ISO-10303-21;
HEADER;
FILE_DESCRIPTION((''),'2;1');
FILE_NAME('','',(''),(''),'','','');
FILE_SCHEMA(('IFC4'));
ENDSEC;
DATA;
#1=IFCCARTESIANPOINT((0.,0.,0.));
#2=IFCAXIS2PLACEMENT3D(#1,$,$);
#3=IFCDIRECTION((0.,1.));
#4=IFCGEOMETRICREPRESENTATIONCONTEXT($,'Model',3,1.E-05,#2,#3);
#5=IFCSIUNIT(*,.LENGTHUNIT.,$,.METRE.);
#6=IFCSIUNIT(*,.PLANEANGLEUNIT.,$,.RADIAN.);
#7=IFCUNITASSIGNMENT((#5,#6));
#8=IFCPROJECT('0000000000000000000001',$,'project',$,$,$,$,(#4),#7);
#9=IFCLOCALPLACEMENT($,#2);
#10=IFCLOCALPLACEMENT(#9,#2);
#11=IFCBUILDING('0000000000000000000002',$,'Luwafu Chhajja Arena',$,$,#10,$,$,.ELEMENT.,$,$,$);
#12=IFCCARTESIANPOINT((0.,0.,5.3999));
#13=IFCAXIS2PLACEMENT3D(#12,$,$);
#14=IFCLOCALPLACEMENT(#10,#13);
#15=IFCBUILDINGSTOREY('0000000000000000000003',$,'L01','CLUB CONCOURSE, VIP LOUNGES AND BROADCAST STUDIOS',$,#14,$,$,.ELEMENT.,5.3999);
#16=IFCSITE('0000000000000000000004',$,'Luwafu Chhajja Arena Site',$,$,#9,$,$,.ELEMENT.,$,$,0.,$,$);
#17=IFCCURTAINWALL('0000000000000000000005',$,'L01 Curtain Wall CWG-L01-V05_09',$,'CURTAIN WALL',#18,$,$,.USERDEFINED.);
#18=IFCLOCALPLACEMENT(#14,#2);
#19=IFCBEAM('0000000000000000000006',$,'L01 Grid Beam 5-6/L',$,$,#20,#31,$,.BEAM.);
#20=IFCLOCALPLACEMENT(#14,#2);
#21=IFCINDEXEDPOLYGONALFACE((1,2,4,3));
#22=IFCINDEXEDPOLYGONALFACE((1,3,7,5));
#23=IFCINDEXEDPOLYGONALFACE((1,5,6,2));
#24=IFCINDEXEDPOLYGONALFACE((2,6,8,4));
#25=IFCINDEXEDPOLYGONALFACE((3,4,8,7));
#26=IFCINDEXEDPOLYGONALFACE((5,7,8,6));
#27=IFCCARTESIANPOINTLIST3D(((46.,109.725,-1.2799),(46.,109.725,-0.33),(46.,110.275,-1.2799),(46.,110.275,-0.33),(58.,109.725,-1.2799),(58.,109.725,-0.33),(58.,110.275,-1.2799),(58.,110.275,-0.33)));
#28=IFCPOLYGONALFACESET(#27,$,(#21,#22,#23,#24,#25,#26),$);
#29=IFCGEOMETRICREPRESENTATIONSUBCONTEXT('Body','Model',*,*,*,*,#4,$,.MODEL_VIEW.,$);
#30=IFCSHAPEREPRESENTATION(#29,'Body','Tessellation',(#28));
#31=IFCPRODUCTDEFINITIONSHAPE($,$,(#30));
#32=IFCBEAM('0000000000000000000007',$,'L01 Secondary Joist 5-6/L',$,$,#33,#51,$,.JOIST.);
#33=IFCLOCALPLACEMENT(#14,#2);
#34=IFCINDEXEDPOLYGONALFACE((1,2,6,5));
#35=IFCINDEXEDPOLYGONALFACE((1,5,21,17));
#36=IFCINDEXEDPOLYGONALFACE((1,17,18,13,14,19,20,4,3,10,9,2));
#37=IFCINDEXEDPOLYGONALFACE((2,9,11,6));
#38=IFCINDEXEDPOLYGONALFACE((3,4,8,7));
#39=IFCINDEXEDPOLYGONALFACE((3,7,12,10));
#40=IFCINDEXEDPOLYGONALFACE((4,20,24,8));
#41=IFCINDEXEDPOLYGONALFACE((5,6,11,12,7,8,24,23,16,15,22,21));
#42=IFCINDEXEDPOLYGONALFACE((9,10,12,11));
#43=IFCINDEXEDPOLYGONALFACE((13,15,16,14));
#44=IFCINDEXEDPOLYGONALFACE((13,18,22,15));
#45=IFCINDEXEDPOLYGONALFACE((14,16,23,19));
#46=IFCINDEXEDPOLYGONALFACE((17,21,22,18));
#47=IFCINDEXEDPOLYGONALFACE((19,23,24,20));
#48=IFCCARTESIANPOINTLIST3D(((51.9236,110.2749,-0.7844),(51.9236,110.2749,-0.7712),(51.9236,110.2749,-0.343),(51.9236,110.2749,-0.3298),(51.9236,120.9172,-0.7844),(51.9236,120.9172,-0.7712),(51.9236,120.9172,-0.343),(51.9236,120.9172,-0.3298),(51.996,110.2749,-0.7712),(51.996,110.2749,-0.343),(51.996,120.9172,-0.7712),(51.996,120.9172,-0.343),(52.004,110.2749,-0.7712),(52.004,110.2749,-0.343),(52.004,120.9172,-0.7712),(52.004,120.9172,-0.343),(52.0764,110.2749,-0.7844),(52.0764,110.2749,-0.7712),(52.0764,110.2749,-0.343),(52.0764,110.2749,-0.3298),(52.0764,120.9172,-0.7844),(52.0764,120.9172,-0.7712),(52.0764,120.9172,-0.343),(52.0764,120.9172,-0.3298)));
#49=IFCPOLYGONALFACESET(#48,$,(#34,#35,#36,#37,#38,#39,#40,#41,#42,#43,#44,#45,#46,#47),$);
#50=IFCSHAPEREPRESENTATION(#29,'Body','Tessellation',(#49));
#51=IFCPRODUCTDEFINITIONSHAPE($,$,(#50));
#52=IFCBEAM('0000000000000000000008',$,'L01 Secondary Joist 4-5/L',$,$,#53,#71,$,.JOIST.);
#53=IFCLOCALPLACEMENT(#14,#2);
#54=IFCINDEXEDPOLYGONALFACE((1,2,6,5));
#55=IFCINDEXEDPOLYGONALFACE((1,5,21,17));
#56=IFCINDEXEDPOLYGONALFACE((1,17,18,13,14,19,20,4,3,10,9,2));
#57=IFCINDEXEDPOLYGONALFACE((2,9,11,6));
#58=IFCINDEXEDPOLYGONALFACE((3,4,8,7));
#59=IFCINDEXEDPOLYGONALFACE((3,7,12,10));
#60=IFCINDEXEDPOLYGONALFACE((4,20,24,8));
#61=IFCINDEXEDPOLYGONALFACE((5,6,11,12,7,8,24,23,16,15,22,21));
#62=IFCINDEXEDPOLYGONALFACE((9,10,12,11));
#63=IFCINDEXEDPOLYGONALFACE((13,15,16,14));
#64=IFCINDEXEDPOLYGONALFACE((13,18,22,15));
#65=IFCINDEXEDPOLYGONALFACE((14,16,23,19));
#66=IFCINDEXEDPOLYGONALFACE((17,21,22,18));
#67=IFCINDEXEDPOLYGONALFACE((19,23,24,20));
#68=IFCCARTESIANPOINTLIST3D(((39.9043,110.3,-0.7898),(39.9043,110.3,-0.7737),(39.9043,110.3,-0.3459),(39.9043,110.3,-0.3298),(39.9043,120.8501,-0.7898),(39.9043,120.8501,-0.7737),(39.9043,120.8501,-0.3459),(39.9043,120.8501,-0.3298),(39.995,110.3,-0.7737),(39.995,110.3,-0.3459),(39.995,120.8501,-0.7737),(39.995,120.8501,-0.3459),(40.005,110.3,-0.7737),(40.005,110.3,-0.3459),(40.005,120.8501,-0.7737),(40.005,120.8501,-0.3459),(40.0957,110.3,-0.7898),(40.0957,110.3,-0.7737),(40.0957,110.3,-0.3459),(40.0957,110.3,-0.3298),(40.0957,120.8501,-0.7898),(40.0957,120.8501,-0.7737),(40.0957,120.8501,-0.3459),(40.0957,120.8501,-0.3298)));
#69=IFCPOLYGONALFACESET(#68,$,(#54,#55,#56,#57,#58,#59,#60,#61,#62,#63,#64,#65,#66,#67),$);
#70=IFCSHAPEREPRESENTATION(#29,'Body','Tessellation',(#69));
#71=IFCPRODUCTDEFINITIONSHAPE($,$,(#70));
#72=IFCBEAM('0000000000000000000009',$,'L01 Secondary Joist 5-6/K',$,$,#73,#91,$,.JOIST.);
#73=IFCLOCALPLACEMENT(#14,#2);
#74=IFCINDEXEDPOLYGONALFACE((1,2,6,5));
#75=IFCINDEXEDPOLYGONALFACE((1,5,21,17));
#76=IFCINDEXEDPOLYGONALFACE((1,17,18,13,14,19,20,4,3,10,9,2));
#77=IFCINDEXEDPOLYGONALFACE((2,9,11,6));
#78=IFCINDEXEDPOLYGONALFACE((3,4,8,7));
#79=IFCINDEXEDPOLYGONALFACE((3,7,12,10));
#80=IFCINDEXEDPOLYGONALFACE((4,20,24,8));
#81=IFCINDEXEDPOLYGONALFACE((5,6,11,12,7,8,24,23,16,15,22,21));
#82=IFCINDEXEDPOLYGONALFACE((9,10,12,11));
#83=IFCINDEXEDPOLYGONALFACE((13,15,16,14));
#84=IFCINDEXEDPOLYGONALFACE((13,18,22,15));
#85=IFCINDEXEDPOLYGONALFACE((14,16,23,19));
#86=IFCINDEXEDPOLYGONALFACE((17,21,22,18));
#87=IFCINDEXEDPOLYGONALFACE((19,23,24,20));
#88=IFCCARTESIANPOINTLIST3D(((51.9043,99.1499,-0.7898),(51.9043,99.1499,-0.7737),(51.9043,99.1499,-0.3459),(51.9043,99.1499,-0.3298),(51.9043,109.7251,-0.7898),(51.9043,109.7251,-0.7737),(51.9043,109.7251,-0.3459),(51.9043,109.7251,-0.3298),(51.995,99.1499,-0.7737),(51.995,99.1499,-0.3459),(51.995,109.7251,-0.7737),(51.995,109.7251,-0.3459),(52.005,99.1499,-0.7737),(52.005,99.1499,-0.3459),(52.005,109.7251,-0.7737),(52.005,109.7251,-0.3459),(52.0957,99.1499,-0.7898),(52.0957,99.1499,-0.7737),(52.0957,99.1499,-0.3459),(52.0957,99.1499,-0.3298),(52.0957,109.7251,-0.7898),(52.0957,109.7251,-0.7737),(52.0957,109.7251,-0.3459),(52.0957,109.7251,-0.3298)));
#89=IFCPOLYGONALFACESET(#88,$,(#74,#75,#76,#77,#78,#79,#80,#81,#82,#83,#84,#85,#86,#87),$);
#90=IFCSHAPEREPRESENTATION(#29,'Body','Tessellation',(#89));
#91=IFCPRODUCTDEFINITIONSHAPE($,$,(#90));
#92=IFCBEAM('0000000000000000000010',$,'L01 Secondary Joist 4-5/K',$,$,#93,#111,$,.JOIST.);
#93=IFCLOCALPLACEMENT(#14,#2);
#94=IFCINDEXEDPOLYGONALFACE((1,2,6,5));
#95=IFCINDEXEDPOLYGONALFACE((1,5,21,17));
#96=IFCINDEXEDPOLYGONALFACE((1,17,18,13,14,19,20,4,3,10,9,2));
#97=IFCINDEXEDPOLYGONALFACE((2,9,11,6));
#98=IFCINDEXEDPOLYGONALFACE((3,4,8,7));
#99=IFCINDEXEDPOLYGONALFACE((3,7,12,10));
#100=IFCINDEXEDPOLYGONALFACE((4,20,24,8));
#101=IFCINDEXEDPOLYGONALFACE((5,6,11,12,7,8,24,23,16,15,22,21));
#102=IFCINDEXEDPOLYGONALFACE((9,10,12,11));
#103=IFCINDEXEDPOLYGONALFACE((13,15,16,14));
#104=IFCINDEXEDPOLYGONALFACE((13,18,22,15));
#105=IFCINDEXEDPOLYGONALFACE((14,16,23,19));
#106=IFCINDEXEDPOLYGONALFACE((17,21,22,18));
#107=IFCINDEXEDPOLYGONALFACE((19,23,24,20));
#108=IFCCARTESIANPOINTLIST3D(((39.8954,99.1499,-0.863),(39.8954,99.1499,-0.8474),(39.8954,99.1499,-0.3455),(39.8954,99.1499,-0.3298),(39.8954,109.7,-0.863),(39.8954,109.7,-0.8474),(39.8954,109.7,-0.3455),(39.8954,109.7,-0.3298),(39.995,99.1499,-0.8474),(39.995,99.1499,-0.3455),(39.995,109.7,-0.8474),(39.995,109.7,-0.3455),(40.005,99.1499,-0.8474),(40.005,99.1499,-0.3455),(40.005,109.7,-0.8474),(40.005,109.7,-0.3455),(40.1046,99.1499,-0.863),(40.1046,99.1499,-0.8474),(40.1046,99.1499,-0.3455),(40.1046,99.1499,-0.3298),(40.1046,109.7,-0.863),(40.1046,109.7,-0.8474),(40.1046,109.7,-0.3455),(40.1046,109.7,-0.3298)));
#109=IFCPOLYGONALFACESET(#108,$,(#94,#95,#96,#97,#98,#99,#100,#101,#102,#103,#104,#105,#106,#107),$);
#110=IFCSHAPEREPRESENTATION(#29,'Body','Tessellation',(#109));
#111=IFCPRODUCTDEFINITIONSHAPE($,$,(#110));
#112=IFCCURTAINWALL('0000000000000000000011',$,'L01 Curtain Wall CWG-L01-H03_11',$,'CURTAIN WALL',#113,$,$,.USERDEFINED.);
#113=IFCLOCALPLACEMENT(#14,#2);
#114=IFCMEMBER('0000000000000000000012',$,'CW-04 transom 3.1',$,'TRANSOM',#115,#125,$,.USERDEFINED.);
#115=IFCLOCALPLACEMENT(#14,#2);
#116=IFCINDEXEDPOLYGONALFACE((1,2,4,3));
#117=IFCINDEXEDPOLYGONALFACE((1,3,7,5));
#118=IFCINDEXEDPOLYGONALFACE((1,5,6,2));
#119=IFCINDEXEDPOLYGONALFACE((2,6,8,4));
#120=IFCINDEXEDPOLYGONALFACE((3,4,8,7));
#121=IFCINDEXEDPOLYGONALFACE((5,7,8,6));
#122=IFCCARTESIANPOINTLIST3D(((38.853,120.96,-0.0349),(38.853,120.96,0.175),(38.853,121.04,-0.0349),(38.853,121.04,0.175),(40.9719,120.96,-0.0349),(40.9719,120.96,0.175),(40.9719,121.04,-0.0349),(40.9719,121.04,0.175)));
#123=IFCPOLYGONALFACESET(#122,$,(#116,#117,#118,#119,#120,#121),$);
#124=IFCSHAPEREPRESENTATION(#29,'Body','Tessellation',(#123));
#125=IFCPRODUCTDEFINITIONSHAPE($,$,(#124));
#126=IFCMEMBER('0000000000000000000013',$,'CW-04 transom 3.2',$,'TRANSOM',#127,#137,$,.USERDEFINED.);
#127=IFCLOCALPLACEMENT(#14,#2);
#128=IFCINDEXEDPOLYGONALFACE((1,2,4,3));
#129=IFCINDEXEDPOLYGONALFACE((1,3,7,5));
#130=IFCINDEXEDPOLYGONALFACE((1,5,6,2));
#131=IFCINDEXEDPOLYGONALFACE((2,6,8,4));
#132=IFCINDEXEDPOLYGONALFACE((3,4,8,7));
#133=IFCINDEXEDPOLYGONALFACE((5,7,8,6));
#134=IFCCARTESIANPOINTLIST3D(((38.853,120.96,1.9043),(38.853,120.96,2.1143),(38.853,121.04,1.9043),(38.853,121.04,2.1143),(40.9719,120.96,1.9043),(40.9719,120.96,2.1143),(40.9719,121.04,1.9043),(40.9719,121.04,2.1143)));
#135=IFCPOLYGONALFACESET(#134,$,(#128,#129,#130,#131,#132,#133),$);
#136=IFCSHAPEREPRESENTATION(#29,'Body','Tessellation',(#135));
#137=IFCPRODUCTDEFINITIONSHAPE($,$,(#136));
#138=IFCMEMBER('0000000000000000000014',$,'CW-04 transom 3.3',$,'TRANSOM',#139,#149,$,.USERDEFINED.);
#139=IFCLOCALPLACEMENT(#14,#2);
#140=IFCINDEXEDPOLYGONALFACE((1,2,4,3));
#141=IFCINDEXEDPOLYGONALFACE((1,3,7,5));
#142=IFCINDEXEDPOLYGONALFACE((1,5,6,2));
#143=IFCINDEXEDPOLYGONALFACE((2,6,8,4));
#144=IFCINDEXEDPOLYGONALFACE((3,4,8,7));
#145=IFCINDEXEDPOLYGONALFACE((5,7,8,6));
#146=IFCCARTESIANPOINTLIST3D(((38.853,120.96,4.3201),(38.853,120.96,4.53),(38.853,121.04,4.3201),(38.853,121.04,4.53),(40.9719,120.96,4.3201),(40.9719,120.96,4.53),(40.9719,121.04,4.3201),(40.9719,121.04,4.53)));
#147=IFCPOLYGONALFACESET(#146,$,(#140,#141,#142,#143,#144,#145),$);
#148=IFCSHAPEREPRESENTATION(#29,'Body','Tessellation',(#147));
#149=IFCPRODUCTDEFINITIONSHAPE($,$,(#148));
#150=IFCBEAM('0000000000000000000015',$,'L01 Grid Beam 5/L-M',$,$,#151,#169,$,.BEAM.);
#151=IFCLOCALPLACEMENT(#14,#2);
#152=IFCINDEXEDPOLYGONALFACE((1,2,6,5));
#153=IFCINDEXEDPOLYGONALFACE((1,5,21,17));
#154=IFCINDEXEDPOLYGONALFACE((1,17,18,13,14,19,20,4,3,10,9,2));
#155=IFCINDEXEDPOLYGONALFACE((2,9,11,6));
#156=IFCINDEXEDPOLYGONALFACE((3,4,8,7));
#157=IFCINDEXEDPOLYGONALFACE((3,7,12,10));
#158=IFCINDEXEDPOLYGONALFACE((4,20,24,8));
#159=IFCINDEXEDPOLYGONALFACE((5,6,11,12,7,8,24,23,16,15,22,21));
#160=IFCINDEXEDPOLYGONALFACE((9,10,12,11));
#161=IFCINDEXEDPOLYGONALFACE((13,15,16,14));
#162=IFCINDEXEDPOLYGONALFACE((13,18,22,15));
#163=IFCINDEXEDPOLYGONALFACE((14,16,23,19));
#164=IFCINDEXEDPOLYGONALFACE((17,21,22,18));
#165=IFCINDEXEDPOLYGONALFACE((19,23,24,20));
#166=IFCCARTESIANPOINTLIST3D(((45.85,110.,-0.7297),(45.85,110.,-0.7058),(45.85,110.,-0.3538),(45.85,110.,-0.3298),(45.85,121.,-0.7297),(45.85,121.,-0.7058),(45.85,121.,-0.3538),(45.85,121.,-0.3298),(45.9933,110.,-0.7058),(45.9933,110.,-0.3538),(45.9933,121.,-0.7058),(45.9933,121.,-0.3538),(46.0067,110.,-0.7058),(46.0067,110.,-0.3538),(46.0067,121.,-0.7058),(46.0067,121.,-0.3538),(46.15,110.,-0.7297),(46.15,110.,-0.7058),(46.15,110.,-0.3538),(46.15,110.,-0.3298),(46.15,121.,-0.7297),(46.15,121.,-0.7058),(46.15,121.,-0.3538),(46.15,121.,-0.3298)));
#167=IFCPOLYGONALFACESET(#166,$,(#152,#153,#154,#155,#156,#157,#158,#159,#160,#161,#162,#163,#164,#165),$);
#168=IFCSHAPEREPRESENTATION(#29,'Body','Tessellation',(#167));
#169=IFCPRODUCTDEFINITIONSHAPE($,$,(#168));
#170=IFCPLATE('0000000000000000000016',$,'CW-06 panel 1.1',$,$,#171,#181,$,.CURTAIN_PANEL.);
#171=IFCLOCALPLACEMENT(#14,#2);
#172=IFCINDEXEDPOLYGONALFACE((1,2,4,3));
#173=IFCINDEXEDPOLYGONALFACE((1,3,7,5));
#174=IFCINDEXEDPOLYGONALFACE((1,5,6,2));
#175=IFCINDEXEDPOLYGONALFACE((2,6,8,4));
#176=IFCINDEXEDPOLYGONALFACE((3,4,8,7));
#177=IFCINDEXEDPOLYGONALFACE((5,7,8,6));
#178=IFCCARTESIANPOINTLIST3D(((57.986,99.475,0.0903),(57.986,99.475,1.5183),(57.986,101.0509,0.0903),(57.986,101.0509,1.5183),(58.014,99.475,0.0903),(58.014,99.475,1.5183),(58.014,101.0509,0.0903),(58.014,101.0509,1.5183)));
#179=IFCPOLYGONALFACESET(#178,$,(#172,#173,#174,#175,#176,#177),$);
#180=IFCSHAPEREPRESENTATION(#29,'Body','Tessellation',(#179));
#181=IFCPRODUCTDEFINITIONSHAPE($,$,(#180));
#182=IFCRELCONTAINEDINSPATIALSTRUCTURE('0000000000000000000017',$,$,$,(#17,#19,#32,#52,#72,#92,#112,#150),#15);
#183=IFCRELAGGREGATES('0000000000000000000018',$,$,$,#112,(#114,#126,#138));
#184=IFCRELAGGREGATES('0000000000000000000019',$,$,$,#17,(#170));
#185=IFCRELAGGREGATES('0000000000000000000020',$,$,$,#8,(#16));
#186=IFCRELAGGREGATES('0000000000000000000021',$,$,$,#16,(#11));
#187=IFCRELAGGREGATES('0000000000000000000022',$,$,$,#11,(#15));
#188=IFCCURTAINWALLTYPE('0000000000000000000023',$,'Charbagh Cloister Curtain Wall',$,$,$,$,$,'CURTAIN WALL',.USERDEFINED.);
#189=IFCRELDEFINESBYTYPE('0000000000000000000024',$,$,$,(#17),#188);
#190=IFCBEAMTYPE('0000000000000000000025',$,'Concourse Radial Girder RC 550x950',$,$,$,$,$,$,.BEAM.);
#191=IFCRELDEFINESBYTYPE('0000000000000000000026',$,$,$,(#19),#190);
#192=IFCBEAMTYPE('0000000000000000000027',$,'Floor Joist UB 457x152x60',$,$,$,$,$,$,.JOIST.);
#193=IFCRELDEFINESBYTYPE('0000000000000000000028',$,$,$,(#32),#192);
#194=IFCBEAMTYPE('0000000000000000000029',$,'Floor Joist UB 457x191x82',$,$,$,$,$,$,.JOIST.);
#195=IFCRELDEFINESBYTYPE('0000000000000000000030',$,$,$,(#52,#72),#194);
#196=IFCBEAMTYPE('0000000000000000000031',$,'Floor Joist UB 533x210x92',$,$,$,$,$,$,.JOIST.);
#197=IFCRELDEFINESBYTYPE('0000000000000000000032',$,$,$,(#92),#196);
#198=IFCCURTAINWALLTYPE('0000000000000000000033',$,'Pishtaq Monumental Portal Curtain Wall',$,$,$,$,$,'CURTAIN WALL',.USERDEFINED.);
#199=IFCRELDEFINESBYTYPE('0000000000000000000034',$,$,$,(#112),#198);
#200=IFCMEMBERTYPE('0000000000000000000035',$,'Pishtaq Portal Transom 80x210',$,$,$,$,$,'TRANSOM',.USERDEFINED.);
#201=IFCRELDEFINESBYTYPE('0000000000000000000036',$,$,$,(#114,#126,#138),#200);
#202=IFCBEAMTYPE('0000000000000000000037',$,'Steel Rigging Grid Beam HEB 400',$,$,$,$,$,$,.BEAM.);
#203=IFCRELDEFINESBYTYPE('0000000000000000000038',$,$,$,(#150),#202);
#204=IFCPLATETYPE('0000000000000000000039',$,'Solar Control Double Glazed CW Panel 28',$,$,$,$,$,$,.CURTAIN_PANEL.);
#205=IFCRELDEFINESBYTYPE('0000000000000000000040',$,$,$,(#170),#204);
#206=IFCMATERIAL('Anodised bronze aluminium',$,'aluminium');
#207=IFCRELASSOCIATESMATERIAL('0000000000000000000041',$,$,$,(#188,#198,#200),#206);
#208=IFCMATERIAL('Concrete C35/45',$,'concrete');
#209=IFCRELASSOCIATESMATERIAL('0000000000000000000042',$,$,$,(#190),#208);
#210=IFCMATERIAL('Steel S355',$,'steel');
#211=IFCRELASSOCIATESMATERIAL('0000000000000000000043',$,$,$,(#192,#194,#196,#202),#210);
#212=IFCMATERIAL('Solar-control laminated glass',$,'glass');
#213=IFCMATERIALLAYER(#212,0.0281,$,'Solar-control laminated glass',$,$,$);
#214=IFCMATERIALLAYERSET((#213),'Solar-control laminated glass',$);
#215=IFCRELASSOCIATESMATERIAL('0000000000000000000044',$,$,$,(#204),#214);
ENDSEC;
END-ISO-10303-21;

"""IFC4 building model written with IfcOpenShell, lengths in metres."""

from ifc_helpers import new_model, si_unit, direction, frame, origin, origin_2d, place, context, subcontext, project, spatial, rectangle, i_section, extrude, material, layer, layer_set, material_profile, profile_set, type_object, element, aggregate, save


model = new_model("IFC4")

# Units and contexts
model_context = context("Model", 3, precision=1e-05, world=origin(), true_north=direction((0.0, 1.0)))
body_context = subcontext(model_context, "Body", "Model", "MODEL_VIEW")
ifc_project = project(units=[si_unit("LENGTHUNIT", "METRE"), si_unit("PLANEANGLEUNIT", "RADIAN")], contexts=[model_context])

# Site, building, storey
site_placement = place(None, origin())
site = spatial("IfcSite", under=ifc_project, at=site_placement, Name="Luwafu Chhajja Arena Site", CompositionType="ELEMENT", RefElevation=0.0)
building_placement = place(site_placement, origin())
building = spatial("IfcBuilding", under=site, at=building_placement, Name="Luwafu Chhajja Arena", CompositionType="ELEMENT")
storey_placement = place(building_placement, frame((0.0, 0.0, 5.3999)))
storey = spatial("IfcBuildingStorey", under=building, at=storey_placement, Name="L01", Description="CLUB CONCOURSE, VIP LOUNGES AND BROADCAST STUDIOS", CompositionType="ELEMENT", Elevation=5.3999)

# Shared definitions
ifc_material_1 = material(Name="Concrete C35/45", Category="concrete")

# Curtain wall
ifc_material_2 = material(Name="Anodised bronze aluminium", Category="aluminium")
curtain_wall_type_1 = type_object("IfcCurtainWallType", Name="Charbagh Cloister Curtain Wall", ElementType="CURTAIN WALL", PredefinedType="USERDEFINED", material=ifc_material_2)
curtain_wall_1_placement = place(storey_placement, origin())
curtain_wall_1 = element("IfcCurtainWall", 1, at=curtain_wall_1_placement, inside=storey, type_object=curtain_wall_type_1, Name="L01 Curtain Wall CWG-L01-V05_09", ObjectType="CURTAIN WALL", PredefinedType="USERDEFINED")

# Beams
ifc_material_profile_1 = material_profile(ifc_material_1, rectangle(XDim=0.55, YDim=0.95, at=origin_2d()), Name="RC 550x950")
ifc_profile_set_1 = profile_set([ifc_material_profile_1], Name="Concrete C35/45")
beam_type_1 = type_object("IfcBeamType", Name="Concourse Radial Girder RC 550x950", PredefinedType="BEAM", material=ifc_profile_set_1)
beam_1_placement = place(storey_placement, frame((46.0, 110.0, -0.8049), z_axis=(1.0, 0.0, 0.0), x_axis=(0.0, 1.0, 0.0)))
element("IfcBeam", 2, at=beam_1_placement, inside=storey, type_object=beam_type_1, Name="L01 Grid Beam 5-6/L", PredefinedType="BEAM", context=body_context, shape_type="SweptSolid", body=[
    extrude(rectangle(XDim=0.55, YDim=0.95, at=origin_2d()), origin(), (0.0, 0.0, 1.0), 12.0),
])
ifc_material_3 = material(Name="Steel S355", Category="steel")
ifc_material_profile_2 = material_profile(ifc_material_3, i_section(OverallWidth=0.1528, OverallDepth=0.4546, WebThickness=0.0081, FlangeThickness=0.0132, at=origin_2d()), Name="UB 457x152x60")
ifc_profile_set_2 = profile_set([ifc_material_profile_2], Name="Steel S355")
beam_type_2 = type_object("IfcBeamType", Name="Floor Joist UB 457x152x60", PredefinedType="JOIST", material=ifc_profile_set_2)
beam_2_placement = place(storey_placement, frame((52.0, 110.2749, -0.5571), z_axis=(0.0, 1.0, 0.0), x_axis=(-1.0, 0.0, 0.0)))
element("IfcBeam", 3, at=beam_2_placement, inside=storey, type_object=beam_type_2, Name="L01 Secondary Joist 5-6/L", PredefinedType="JOIST", context=body_context, shape_type="SweptSolid", body=[
    extrude(i_section(OverallWidth=0.1528, OverallDepth=0.4546, WebThickness=0.0081, FlangeThickness=0.0132, at=origin_2d()), origin(), (0.0, 0.0, 1.0), 10.6423),
])
ifc_material_profile_3 = material_profile(ifc_material_3, i_section(OverallWidth=0.1914, OverallDepth=0.46, WebThickness=0.01, FlangeThickness=0.0161, at=origin_2d()), Name="UB 457x191x82")
ifc_profile_set_3 = profile_set([ifc_material_profile_3], Name="Steel S355")
beam_type_3 = type_object("IfcBeamType", Name="Floor Joist UB 457x191x82", PredefinedType="JOIST", material=ifc_profile_set_3)
beam_3_placement = place(storey_placement, frame((40.0, 110.3, -0.5598), z_axis=(0.0, 1.0, 0.0), x_axis=(-1.0, 0.0, 0.0)))
element("IfcBeam", 4, at=beam_3_placement, inside=storey, type_object=beam_type_3, Name="L01 Secondary Joist 4-5/L", PredefinedType="JOIST", context=body_context, shape_type="SweptSolid", body=[
    extrude(i_section(OverallWidth=0.1914, OverallDepth=0.46, WebThickness=0.01, FlangeThickness=0.0161, at=origin_2d()), origin(), (0.0, 0.0, 1.0), 10.55),
])
beam_4_placement = place(storey_placement, frame((52.0, 99.1499, -0.5598), z_axis=(0.0, 1.0, 0.0), x_axis=(-1.0, 0.0, 0.0)))
element("IfcBeam", 5, at=beam_4_placement, inside=storey, type_object=beam_type_3, Name="L01 Secondary Joist 5-6/K", PredefinedType="JOIST", context=body_context, shape_type="SweptSolid", body=[
    extrude(i_section(OverallWidth=0.1914, OverallDepth=0.46, WebThickness=0.01, FlangeThickness=0.0161, at=origin_2d()), origin(), (0.0, 0.0, 1.0), 10.5752),
])
ifc_material_profile_4 = material_profile(ifc_material_3, i_section(OverallWidth=0.2092, OverallDepth=0.5332, WebThickness=0.01, FlangeThickness=0.0156, at=origin_2d()), Name="UB 533x210x92")
ifc_profile_set_4 = profile_set([ifc_material_profile_4], Name="Steel S355")
beam_type_4 = type_object("IfcBeamType", Name="Floor Joist UB 533x210x92", PredefinedType="JOIST", material=ifc_profile_set_4)
beam_5_placement = place(storey_placement, frame((40.0, 99.1499, -0.5964), z_axis=(0.0, 1.0, 0.0), x_axis=(-1.0, 0.0, 0.0)))
element("IfcBeam", 6, at=beam_5_placement, inside=storey, type_object=beam_type_4, Name="L01 Secondary Joist 4-5/K", PredefinedType="JOIST", context=body_context, shape_type="SweptSolid", body=[
    extrude(i_section(OverallWidth=0.2092, OverallDepth=0.5332, WebThickness=0.01, FlangeThickness=0.0156, at=origin_2d()), origin(), (0.0, 0.0, 1.0), 10.55),
])

# Curtain wall, members
curtain_wall_type_2 = type_object("IfcCurtainWallType", Name="Pishtaq Monumental Portal Curtain Wall", ElementType="CURTAIN WALL", PredefinedType="USERDEFINED", material=ifc_material_2)
curtain_wall_2_placement = place(storey_placement, origin())
curtain_wall_2 = element("IfcCurtainWall", 7, at=curtain_wall_2_placement, inside=storey, type_object=curtain_wall_type_2, Name="L01 Curtain Wall CWG-L01-H03_11", ObjectType="CURTAIN WALL", PredefinedType="USERDEFINED")
ifc_material_profile_5 = material_profile(ifc_material_2, rectangle(XDim=0.0801, YDim=0.21, at=origin_2d()), Name="CWT 80x210")
ifc_profile_set_5 = profile_set([ifc_material_profile_5], Name="Anodised bronze aluminium")
member_type_1 = type_object("IfcMemberType", Name="Pishtaq Portal Transom 80x210", ElementType="TRANSOM", PredefinedType="USERDEFINED", material=ifc_profile_set_5)
member_1_placement = place(storey_placement, frame((38.853, 121.0, 0.0701), z_axis=(1.0, 0.0, 0.0), x_axis=(0.0, 1.0, 0.0)))
member_1 = element("IfcMember", 8, at=member_1_placement, type_object=member_type_1, Name="CW-04 transom 3.1", ObjectType="TRANSOM", PredefinedType="USERDEFINED", context=body_context, shape_type="SweptSolid", body=[
    extrude(rectangle(XDim=0.0801, YDim=0.21, at=origin_2d()), origin(), (0.0, 0.0, 1.0), 2.1189),
])
member_2_placement = place(storey_placement, frame((38.853, 121.0, 2.0093), z_axis=(1.0, 0.0, 0.0), x_axis=(0.0, 1.0, 0.0)))
member_2 = element("IfcMember", 9, at=member_2_placement, type_object=member_type_1, Name="CW-04 transom 3.2", ObjectType="TRANSOM", PredefinedType="USERDEFINED", context=body_context, shape_type="SweptSolid", body=[
    extrude(rectangle(XDim=0.0801, YDim=0.21, at=origin_2d()), origin(), (0.0, 0.0, 1.0), 2.1189),
])
member_3_placement = place(storey_placement, frame((38.853, 121.0, 4.425), z_axis=(1.0, 0.0, 0.0), x_axis=(0.0, 1.0, 0.0)))
member_3 = element("IfcMember", 10, at=member_3_placement, type_object=member_type_1, Name="CW-04 transom 3.3", ObjectType="TRANSOM", PredefinedType="USERDEFINED", context=body_context, shape_type="SweptSolid", body=[
    extrude(rectangle(XDim=0.0801, YDim=0.21, at=origin_2d()), origin(), (0.0, 0.0, 1.0), 2.1189),
])
aggregate(curtain_wall_2, [member_1, member_2, member_3])

# Beam
ifc_material_profile_6 = material_profile(ifc_material_3, i_section(OverallWidth=0.3, OverallDepth=0.3999, WebThickness=0.0134, FlangeThickness=0.0239, at=origin_2d()), Name="HEB 400")
ifc_profile_set_6 = profile_set([ifc_material_profile_6], Name="Steel S355")
beam_type_5 = type_object("IfcBeamType", Name="Steel Rigging Grid Beam HEB 400", PredefinedType="BEAM", material=ifc_profile_set_6)
beam_6_placement = place(storey_placement, frame((46.0, 110.0, -0.5298), z_axis=(0.0, 1.0, 0.0), x_axis=(-1.0, 0.0, 0.0)))
element("IfcBeam", 11, at=beam_6_placement, inside=storey, type_object=beam_type_5, Name="L01 Grid Beam 5/L-M", PredefinedType="BEAM", context=body_context, shape_type="SweptSolid", body=[
    extrude(i_section(OverallWidth=0.3, OverallDepth=0.3999, WebThickness=0.0134, FlangeThickness=0.0239, at=origin_2d()), origin(), (0.0, 0.0, 1.0), 11.0),
])

# Plate
ifc_material_4 = material(Name="Solar-control laminated glass", Category="glass")
ifc_layer_1 = layer(ifc_material_4, 0.0281, Name="Solar-control laminated glass")
ifc_layer_set_1 = layer_set([ifc_layer_1], Name="Solar-control laminated glass")
plate_type = type_object("IfcPlateType", Name="Solar Control Double Glazed CW Panel 28", PredefinedType="CURTAIN_PANEL", material=ifc_layer_set_1)
plate_1_placement = place(storey_placement, frame((58.0, 100.2629, 0.0903), z_axis=(0.0, 0.0, 1.0), x_axis=(0.0, 1.0, 0.0)))
plate_1 = element("IfcPlate", 12, at=plate_1_placement, type_object=plate_type, Name="CW-06 panel 1.1", PredefinedType="CURTAIN_PANEL", context=body_context, shape_type="SweptSolid", body=[
    extrude(rectangle(XDim=1.5759, YDim=0.0281, at=origin_2d()), origin(), (0.0, 0.0, 1.0), 1.428),
])
aggregate(curtain_wall_1, [plate_1])

save(model, "model.ifc")
